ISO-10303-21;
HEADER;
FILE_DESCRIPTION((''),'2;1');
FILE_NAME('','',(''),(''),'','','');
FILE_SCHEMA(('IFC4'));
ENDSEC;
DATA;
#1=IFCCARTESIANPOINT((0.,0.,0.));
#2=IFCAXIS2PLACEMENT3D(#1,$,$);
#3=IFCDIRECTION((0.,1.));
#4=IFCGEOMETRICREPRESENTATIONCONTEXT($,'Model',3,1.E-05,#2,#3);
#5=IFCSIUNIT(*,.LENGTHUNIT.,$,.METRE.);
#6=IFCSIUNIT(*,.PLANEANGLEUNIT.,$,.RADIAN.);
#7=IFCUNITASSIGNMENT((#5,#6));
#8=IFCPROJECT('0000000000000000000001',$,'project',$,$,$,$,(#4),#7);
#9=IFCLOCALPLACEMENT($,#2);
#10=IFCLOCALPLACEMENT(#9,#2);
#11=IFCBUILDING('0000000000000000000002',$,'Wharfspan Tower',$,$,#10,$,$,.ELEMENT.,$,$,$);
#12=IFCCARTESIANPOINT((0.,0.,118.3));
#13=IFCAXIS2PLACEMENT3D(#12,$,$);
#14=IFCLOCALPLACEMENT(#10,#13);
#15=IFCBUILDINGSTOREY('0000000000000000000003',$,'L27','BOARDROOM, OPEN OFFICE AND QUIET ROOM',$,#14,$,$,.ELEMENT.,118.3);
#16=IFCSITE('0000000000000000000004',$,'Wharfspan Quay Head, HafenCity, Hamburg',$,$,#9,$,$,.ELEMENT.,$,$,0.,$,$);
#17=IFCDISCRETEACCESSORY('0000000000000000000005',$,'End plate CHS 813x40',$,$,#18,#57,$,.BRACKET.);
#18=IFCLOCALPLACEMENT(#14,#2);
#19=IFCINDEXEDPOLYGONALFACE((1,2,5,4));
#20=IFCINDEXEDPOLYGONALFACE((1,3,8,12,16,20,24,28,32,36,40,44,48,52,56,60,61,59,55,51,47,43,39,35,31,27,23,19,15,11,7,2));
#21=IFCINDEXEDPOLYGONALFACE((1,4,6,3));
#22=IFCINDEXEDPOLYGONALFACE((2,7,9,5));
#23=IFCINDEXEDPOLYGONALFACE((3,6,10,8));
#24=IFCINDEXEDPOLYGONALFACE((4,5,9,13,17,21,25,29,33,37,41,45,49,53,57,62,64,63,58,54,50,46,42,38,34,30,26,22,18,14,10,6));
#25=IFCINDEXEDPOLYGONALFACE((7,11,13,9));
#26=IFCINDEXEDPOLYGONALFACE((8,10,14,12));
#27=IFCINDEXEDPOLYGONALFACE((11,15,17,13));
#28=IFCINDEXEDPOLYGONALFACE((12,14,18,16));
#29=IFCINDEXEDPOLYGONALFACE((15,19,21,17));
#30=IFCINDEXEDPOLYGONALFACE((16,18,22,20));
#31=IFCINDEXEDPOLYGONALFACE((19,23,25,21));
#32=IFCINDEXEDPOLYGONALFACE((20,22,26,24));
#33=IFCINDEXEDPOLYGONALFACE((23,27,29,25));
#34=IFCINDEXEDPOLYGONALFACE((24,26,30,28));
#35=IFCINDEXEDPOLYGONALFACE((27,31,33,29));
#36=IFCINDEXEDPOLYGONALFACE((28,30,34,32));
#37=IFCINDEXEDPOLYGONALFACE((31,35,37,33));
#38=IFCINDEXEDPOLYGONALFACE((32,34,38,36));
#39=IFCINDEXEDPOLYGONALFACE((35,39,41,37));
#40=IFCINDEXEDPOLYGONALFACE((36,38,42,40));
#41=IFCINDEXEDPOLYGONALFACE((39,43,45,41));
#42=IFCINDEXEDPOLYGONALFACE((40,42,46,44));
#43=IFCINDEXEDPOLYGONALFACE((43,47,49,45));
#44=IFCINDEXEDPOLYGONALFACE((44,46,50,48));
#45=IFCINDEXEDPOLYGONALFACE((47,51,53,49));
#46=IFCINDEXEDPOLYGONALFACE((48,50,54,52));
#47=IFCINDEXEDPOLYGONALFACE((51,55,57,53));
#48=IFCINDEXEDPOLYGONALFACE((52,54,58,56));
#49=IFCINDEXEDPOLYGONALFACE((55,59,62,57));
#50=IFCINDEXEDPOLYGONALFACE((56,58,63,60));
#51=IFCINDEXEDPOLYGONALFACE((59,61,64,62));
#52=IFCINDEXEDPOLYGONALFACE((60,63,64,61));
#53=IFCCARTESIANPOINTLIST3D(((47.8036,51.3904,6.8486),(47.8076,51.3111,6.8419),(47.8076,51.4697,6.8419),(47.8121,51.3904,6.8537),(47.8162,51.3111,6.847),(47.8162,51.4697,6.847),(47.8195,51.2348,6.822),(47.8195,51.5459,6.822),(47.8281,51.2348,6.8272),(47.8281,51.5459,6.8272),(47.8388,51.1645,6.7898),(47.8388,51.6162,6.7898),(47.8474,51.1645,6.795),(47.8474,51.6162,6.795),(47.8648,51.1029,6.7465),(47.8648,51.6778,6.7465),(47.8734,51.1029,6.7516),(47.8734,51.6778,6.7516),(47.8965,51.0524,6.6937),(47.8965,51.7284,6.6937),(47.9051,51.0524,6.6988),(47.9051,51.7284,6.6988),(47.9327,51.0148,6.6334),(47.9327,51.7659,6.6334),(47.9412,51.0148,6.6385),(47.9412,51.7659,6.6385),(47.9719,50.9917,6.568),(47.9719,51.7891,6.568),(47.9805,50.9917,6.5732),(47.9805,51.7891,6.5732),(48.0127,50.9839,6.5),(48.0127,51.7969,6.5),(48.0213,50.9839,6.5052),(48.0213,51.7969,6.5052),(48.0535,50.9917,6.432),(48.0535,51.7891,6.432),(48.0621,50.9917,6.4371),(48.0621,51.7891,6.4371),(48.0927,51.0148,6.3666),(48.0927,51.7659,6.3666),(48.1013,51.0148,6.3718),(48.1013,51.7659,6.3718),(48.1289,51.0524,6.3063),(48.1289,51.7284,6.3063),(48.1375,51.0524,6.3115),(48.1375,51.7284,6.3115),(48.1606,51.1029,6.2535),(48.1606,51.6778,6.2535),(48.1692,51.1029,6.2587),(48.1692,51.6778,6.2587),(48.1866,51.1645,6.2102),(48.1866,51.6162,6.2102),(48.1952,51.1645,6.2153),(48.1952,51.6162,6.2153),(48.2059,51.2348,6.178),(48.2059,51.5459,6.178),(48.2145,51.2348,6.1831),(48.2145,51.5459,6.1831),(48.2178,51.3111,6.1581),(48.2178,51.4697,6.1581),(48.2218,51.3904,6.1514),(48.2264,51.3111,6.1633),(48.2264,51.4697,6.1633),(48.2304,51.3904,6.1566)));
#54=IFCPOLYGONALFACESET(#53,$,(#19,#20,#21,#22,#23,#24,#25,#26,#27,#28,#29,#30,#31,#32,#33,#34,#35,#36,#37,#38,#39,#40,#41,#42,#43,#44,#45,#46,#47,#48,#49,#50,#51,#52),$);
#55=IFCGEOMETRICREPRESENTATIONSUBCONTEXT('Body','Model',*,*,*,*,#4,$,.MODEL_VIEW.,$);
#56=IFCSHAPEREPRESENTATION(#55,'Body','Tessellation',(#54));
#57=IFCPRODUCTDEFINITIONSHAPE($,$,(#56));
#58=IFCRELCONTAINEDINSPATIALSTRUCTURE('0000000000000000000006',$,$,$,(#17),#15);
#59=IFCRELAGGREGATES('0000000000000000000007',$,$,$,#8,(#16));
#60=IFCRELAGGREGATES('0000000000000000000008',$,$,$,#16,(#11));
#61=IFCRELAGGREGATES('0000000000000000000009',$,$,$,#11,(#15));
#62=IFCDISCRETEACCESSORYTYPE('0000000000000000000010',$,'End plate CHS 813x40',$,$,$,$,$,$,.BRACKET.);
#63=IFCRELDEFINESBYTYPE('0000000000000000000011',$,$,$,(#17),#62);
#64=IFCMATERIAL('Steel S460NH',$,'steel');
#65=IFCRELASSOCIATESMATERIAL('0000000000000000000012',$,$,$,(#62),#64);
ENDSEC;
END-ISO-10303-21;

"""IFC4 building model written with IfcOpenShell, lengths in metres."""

from ifc_helpers import new_model, si_unit, direction, frame, origin, origin_2d, place, context, subcontext, project, spatial, circle, extrude, material, material_profile, profile_set, type_object, element, save


model = new_model("IFC4")

# Units and contexts
model_context = context("Model", 3, precision=1e-05, world=origin(), true_north=direction((0.0, 1.0)))
body_context = subcontext(model_context, "Body", "Model", "MODEL_VIEW")
ifc_project = project(units=[si_unit("LENGTHUNIT", "METRE"), si_unit("PLANEANGLEUNIT", "RADIAN")], contexts=[model_context])

# Site, building, storey
site_placement = place(None, origin())
site = spatial("IfcSite", under=ifc_project, at=site_placement, Name="Wharfspan Quay Head, HafenCity, Hamburg", CompositionType="ELEMENT", RefElevation=0.0)
building_placement = place(site_placement, origin())
building = spatial("IfcBuilding", under=site, at=building_placement, Name="Wharfspan Tower", CompositionType="ELEMENT")
storey_placement = place(building_placement, frame((0.0, 0.0, 118.3)))
storey = spatial("IfcBuildingStorey", under=building, at=storey_placement, Name="L27", Description="BOARDROOM, OPEN OFFICE AND QUIET ROOM", CompositionType="ELEMENT", Elevation=118.3)

# Shared definitions
ifc_material_1 = material(Name="Steel S460NH", Category="steel")

# Discrete accessory
ifc_material_profile_1 = material_profile(ifc_material_1, circle(Radius=0.4065, at=origin_2d()))
ifc_profile_set_1 = profile_set([ifc_material_profile_1], Name="Steel S460NH")
discrete_accessory_type = type_object("IfcDiscreteAccessoryType", Name="End plate CHS 813x40", PredefinedType="BRACKET", material=ifc_profile_set_1)
for number, where, z_axis, x_axis, name in (
    (1, (48.0127, 51.3904, 6.5), (0.857493, 0.0, 0.514496), (0.0, 1.0, 0.0), "End plate CHS 813x40"),
):
    element("IfcDiscreteAccessory", number, at=place(storey_placement, frame(where, z_axis=z_axis, x_axis=x_axis)), inside=storey, type_object=discrete_accessory_type, Name=name, PredefinedType="BRACKET", context=body_context, shape_type="SweptSolid", body=[
        extrude(circle(Radius=0.4065, at=origin_2d()), origin(), (0.0, 0.0, 1.0), 0.01),
    ])

save(model, "model.ifc")
